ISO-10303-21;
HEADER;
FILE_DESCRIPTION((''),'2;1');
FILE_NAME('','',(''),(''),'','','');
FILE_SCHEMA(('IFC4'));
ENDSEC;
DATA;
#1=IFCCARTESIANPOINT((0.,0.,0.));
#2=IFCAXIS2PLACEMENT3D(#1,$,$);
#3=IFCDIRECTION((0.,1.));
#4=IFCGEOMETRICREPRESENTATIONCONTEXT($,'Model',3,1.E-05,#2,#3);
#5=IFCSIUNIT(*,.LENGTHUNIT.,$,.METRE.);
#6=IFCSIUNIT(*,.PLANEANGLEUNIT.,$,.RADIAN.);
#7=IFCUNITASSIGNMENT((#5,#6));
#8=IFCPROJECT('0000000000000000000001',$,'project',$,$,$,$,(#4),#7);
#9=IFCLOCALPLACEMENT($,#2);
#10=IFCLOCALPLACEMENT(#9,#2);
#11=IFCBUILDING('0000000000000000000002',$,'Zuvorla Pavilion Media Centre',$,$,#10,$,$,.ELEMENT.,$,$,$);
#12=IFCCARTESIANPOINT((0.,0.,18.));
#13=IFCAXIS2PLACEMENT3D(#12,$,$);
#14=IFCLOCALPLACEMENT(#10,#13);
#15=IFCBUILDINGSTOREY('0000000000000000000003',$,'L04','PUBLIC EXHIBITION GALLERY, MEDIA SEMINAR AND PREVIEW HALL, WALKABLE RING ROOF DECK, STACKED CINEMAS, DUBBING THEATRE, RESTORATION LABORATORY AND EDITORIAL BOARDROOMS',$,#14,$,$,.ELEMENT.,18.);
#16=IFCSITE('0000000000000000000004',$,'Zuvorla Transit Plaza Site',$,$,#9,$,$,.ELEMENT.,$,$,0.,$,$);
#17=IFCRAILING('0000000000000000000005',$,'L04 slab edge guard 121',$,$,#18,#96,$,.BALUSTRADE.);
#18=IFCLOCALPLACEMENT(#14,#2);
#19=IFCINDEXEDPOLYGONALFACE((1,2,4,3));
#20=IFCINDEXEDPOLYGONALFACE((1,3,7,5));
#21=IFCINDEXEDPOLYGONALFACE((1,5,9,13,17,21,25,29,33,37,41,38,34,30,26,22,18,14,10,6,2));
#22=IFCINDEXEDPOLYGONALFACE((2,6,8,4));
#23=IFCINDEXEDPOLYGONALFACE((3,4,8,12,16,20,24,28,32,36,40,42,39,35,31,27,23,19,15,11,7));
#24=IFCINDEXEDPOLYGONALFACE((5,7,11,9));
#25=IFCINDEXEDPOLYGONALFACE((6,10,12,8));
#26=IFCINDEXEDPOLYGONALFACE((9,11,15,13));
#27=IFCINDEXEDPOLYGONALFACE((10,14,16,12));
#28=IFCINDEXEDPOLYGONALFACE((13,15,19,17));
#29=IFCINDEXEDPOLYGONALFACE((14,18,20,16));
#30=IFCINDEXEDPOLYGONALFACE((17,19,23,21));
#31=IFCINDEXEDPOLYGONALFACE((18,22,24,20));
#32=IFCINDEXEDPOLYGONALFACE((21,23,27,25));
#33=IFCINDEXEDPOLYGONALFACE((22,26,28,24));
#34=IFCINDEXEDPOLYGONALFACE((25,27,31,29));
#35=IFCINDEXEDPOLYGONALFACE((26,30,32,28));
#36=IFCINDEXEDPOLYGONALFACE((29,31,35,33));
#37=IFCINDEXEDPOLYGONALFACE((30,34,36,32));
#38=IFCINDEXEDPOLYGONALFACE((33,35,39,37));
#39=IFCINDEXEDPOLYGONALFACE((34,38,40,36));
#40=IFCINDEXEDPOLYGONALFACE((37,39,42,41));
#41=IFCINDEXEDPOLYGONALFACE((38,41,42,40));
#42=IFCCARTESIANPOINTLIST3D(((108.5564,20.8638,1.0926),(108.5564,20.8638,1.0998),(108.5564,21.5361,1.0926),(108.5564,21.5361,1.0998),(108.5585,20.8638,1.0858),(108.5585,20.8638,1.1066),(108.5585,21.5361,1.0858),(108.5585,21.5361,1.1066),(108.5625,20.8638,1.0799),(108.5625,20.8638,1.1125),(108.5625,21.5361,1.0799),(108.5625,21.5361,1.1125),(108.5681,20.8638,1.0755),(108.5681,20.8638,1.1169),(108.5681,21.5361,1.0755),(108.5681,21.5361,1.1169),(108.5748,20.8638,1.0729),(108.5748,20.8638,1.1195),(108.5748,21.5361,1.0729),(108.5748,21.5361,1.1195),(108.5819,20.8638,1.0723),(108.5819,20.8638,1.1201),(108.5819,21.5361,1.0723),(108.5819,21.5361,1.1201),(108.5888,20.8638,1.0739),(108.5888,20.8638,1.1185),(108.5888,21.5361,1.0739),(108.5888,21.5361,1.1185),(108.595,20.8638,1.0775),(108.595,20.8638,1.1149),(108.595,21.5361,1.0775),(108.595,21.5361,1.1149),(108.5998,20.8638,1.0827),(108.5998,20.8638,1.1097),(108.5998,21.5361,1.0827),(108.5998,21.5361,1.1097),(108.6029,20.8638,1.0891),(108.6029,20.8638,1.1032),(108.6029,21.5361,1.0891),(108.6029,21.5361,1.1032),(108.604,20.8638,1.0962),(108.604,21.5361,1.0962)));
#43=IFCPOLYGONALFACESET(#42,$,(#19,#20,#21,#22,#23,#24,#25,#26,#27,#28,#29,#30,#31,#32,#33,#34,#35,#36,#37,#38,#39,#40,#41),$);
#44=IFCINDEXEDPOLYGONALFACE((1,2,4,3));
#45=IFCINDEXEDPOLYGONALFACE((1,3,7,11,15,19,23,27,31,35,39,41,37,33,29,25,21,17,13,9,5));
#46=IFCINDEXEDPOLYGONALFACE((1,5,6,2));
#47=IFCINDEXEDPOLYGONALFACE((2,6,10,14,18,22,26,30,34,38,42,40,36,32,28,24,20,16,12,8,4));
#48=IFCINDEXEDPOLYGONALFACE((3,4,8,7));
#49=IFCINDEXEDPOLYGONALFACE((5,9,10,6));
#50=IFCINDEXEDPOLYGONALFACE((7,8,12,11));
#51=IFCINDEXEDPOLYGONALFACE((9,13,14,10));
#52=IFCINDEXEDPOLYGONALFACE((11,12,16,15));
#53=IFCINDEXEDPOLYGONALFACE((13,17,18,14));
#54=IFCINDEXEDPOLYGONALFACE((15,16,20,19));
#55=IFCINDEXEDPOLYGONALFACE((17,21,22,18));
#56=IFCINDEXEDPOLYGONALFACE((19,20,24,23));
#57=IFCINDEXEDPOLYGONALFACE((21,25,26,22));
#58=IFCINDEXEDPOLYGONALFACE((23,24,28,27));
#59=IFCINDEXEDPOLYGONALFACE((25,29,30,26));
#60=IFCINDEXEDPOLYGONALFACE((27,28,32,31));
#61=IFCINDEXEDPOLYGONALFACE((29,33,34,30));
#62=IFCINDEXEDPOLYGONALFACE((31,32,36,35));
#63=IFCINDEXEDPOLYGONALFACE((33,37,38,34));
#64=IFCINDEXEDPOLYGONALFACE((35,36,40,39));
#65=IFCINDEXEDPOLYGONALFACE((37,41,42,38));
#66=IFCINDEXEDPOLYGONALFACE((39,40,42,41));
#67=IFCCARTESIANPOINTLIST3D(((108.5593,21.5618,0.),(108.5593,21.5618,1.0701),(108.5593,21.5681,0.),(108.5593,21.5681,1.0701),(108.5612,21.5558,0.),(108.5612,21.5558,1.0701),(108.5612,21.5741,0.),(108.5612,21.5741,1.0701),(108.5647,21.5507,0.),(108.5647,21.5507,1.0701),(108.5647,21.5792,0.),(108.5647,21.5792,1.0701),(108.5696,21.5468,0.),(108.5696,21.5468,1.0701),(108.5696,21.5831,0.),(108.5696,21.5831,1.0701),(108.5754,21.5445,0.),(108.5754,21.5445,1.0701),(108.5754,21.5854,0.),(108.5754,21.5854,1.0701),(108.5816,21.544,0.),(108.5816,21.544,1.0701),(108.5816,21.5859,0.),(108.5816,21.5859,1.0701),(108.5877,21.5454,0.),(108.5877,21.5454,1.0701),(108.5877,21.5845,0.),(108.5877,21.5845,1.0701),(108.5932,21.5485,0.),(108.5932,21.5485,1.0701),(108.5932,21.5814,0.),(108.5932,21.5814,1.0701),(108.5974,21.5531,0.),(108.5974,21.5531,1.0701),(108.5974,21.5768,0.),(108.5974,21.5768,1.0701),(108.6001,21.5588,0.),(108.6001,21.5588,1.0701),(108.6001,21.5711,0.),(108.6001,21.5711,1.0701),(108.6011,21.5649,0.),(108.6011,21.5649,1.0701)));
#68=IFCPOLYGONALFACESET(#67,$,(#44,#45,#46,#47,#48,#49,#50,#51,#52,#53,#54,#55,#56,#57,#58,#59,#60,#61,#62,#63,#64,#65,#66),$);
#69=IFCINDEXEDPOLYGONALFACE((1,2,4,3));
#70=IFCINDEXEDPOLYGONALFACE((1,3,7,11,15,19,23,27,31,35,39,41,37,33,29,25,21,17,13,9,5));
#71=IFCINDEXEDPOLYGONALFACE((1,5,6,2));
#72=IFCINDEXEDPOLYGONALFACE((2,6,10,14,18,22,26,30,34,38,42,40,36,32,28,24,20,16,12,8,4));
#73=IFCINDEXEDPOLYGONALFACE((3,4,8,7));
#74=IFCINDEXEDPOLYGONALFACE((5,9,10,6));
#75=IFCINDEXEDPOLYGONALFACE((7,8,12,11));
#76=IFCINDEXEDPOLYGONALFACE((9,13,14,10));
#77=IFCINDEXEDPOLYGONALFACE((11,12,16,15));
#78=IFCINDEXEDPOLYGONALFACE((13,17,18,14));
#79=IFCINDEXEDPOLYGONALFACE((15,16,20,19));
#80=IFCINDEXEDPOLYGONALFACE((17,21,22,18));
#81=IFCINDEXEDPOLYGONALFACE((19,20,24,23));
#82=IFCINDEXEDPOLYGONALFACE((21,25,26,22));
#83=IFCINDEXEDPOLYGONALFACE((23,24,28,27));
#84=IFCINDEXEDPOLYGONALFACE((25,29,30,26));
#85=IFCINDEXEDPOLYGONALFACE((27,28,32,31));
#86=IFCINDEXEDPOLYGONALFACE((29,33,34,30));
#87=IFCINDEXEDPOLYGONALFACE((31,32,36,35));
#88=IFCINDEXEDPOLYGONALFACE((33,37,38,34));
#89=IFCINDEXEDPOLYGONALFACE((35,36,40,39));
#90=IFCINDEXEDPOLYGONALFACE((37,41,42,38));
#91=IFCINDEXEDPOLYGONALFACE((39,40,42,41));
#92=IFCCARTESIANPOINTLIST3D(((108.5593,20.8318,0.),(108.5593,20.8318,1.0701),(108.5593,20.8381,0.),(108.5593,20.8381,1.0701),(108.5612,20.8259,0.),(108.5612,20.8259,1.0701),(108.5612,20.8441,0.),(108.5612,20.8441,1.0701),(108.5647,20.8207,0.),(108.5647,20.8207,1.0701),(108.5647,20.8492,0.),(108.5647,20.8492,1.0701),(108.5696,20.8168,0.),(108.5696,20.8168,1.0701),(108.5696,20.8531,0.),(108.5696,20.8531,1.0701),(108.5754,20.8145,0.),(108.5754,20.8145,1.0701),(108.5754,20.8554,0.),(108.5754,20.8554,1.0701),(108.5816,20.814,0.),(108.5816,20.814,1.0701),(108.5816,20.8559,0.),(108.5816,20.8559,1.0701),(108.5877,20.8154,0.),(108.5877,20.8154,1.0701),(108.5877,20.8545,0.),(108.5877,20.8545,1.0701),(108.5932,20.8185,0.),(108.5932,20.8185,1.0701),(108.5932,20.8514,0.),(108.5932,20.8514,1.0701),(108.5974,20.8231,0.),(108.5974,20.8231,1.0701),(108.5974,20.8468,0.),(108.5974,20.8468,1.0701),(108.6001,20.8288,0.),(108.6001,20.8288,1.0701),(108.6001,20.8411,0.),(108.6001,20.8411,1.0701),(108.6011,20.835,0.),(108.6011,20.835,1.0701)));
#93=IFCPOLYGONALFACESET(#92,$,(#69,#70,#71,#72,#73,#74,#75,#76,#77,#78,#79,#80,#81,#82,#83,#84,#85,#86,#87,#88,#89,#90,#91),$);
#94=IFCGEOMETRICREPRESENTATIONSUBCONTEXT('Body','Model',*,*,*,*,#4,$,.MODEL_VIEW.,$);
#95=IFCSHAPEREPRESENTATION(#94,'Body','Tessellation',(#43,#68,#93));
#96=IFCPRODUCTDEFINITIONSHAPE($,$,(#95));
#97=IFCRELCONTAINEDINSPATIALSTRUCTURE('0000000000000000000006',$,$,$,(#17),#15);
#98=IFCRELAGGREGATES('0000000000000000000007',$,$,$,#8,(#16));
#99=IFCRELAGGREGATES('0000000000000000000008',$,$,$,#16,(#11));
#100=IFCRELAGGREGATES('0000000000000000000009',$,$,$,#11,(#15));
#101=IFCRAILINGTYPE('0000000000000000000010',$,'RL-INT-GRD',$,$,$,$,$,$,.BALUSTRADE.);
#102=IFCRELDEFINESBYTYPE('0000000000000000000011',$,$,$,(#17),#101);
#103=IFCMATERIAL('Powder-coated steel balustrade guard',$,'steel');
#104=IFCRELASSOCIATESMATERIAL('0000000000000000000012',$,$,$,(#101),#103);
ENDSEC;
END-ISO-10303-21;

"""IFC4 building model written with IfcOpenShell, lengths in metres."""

from ifc_helpers import new_model, si_unit, direction, frame, origin, origin_2d, place, context, subcontext, project, spatial, circle, extrude, material, type_object, element, save


model = new_model("IFC4")

# Units and contexts
model_context = context("Model", 3, precision=1e-05, world=origin(), true_north=direction((0.0, 1.0)))
body_context = subcontext(model_context, "Body", "Model", "MODEL_VIEW")
ifc_project = project(units=[si_unit("LENGTHUNIT", "METRE"), si_unit("PLANEANGLEUNIT", "RADIAN")], contexts=[model_context])

# Site, building, storey
site_placement = place(None, origin())
site = spatial("IfcSite", under=ifc_project, at=site_placement, Name="Zuvorla Transit Plaza Site", CompositionType="ELEMENT", RefElevation=0.0)
building_placement = place(site_placement, origin())
building = spatial("IfcBuilding", under=site, at=building_placement, Name="Zuvorla Pavilion Media Centre", CompositionType="ELEMENT")
storey_placement = place(building_placement, frame((0.0, 0.0, 18.0)))
storey = spatial("IfcBuildingStorey", under=building, at=storey_placement, Name="L04", Description="PUBLIC EXHIBITION GALLERY, MEDIA SEMINAR AND PREVIEW HALL, WALKABLE RING ROOF DECK, STACKED CINEMAS, DUBBING THEATRE, RESTORATION LABORATORY AND EDITORIAL BOARDROOMS", CompositionType="ELEMENT", Elevation=18.0)

# Railing
ifc_material_1 = material(Name="Powder-coated steel balustrade guard", Category="steel")
railing_type = type_object("IfcRailingType", Name="RL-INT-GRD", PredefinedType="BALUSTRADE", material=ifc_material_1)
railing_placement = place(storey_placement, frame((108.5801, 21.5649, 0.0)))
element("IfcRailing", 1, at=railing_placement, inside=storey, type_object=railing_type, Name="L04 slab edge guard 121", PredefinedType="BALUSTRADE", context=body_context, shape_type="SweptSolid", body=[
    extrude(circle(Radius=0.0239, at=origin_2d()), frame((0.0, -0.0288, 1.0962), z_axis=(0.0, -1.0, 0.0), x_axis=(1.0, 0.0, 0.0)), (0.0, 0.0, 1.0), 0.6724),
    extrude(circle(Radius=0.021, at=origin_2d()), origin(), (0.0, 0.0, 1.0), 1.0701),
    extrude(circle(Radius=0.021, at=origin_2d()), frame((0.0, -0.73, 0.0)), (0.0, 0.0, 1.0), 1.0701),
])

save(model, "model.ifc")
